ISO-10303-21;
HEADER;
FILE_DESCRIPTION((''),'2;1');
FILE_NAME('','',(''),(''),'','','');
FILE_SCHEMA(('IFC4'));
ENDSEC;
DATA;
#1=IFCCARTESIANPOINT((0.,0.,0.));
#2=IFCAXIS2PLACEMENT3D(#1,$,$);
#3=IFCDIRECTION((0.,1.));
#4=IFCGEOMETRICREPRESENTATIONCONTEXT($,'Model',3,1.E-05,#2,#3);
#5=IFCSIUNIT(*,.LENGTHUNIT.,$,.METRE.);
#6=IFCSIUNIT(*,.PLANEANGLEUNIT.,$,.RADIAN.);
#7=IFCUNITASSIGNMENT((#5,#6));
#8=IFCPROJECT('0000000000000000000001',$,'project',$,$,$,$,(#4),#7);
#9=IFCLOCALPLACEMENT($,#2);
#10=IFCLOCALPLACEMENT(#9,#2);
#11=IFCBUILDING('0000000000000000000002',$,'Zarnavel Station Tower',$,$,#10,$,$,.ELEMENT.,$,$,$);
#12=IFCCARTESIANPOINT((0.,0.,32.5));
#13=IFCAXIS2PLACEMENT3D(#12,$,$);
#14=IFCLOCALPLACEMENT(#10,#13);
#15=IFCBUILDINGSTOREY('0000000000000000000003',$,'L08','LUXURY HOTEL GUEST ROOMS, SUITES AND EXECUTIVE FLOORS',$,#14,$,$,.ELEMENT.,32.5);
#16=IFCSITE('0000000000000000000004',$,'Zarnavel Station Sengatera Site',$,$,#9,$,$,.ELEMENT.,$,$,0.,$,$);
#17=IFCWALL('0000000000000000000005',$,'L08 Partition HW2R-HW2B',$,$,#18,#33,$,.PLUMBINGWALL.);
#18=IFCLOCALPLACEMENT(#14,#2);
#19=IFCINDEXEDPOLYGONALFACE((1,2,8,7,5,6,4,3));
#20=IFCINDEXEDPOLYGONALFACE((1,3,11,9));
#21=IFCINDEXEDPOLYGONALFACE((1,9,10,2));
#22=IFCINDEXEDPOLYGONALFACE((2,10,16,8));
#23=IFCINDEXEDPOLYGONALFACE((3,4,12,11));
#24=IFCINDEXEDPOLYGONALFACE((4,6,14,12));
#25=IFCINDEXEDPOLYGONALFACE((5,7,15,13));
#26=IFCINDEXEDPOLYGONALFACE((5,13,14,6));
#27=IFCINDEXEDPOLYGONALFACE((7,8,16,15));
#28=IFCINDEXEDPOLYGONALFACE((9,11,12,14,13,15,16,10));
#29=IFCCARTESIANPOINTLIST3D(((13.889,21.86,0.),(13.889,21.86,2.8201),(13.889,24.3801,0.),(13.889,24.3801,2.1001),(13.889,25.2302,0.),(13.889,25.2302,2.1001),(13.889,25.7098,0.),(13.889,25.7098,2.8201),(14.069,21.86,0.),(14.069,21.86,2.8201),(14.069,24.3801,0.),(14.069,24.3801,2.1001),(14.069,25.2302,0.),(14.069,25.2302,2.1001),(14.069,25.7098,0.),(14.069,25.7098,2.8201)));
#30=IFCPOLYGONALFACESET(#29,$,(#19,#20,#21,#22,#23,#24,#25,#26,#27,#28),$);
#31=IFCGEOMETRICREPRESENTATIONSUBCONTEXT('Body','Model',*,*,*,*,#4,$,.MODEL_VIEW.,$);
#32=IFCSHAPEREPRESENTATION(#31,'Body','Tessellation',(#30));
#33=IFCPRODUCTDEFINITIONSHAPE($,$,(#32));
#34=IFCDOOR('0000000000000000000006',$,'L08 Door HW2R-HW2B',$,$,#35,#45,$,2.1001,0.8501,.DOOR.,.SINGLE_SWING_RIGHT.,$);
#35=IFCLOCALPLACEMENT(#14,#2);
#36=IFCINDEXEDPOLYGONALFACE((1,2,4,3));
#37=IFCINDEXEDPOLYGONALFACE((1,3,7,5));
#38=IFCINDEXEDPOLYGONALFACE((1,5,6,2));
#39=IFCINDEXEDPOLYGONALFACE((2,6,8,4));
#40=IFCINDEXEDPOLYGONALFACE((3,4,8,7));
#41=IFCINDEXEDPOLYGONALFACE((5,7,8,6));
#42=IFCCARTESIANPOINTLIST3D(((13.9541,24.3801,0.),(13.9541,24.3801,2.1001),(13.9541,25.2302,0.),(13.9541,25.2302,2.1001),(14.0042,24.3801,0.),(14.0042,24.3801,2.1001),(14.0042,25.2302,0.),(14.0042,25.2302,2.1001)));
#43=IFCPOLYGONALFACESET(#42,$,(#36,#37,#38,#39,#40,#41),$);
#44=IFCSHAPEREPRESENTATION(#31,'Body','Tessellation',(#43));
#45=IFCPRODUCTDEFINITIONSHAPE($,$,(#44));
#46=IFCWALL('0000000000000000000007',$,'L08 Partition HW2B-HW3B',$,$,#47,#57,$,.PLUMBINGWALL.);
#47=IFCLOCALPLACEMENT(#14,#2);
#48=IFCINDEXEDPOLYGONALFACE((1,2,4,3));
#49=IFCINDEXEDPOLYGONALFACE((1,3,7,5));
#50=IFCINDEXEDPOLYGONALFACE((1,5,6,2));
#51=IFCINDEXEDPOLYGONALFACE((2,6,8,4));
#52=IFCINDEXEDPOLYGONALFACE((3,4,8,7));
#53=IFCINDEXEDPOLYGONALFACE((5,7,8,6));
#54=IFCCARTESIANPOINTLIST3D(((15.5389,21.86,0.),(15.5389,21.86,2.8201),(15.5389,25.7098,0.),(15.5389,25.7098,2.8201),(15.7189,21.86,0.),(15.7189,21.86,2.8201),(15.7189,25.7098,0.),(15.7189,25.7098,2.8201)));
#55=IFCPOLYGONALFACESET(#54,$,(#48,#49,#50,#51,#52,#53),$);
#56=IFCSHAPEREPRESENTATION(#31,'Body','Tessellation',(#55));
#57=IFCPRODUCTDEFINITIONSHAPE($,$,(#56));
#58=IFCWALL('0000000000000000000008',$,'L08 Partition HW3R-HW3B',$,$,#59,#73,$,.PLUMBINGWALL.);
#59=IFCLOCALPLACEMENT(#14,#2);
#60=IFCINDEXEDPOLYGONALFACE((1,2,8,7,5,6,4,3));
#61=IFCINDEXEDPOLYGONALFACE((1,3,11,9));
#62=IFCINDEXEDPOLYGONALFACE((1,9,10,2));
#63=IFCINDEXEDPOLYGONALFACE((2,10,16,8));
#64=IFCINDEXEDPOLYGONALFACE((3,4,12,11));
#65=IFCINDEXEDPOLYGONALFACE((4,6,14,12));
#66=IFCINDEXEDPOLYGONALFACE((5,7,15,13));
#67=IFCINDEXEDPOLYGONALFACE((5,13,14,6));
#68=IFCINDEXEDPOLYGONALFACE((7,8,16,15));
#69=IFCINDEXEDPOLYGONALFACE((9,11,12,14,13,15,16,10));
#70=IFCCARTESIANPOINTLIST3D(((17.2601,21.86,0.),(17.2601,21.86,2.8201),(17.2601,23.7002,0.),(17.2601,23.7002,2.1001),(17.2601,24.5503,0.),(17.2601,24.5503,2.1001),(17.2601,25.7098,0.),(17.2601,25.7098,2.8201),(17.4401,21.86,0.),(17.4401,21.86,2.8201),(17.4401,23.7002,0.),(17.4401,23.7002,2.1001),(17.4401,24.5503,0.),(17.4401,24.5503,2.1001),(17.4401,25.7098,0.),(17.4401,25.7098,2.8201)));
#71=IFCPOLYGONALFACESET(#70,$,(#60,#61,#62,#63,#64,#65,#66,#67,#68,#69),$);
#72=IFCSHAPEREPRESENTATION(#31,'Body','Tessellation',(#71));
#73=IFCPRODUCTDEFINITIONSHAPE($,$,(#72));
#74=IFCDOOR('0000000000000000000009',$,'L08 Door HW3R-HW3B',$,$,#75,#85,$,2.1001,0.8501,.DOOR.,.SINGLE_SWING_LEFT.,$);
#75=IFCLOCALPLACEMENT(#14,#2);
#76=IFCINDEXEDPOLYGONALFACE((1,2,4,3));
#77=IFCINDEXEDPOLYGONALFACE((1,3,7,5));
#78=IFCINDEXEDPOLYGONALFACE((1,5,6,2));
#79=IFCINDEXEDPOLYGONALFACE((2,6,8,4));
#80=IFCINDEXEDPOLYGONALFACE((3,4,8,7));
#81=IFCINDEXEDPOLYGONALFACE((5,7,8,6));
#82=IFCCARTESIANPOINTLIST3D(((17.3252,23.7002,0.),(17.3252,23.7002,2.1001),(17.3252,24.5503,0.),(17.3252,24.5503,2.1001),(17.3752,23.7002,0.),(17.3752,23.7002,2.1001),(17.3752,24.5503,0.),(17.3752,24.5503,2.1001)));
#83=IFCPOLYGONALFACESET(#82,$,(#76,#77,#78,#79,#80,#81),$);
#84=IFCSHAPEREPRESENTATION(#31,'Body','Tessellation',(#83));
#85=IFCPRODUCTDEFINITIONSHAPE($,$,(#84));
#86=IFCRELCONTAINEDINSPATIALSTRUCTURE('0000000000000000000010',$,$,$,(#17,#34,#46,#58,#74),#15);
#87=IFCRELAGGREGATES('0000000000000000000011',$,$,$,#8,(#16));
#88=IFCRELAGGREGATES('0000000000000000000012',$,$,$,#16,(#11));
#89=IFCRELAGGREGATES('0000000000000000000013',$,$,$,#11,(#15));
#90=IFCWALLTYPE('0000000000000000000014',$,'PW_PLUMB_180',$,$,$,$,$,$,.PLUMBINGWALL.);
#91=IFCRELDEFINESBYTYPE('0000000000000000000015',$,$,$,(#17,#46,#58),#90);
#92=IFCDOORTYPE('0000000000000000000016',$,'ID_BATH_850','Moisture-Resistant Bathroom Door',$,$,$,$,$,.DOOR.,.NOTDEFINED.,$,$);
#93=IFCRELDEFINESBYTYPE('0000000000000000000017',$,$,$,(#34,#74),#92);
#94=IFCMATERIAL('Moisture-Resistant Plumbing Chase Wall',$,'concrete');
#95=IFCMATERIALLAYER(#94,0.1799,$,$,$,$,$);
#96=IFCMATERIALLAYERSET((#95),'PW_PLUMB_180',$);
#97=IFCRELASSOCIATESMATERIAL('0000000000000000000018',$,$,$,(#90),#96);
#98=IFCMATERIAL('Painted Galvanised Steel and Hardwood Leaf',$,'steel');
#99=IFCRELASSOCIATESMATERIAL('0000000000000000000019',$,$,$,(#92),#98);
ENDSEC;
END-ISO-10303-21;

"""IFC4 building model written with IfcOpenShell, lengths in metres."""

from ifc_helpers import new_model, si_unit, direction, frame, frame_2d, origin, place, context, subcontext, project, spatial, rectangle, extrude, material, layer, layer_set, type_object, element, fill, save


model = new_model("IFC4")

# Units and contexts
model_context = context("Model", 3, precision=1e-05, world=origin(), true_north=direction((0.0, 1.0)))
body_context = subcontext(model_context, "Body", "Model", "MODEL_VIEW")
ifc_project = project(units=[si_unit("LENGTHUNIT", "METRE"), si_unit("PLANEANGLEUNIT", "RADIAN")], contexts=[model_context])

# Site, building, storey
site_placement = place(None, origin())
site = spatial("IfcSite", under=ifc_project, at=site_placement, Name="Zarnavel Station Sengatera Site", CompositionType="ELEMENT", RefElevation=0.0)
building_placement = place(site_placement, origin())
building = spatial("IfcBuilding", under=site, at=building_placement, Name="Zarnavel Station Tower", CompositionType="ELEMENT")
storey_placement = place(building_placement, frame((0.0, 0.0, 32.5)))
storey = spatial("IfcBuildingStorey", under=building, at=storey_placement, Name="L08", Description="LUXURY HOTEL GUEST ROOMS, SUITES AND EXECUTIVE FLOORS", CompositionType="ELEMENT", Elevation=32.5)

# Wall, opening, door
ifc_material_1 = material(Name="Moisture-Resistant Plumbing Chase Wall", Category="concrete")
ifc_layer_1 = layer(ifc_material_1, 0.1799)
ifc_layer_set_1 = layer_set([ifc_layer_1], Name="PW_PLUMB_180")
wall_type_1 = type_object("IfcWallType", Name="PW_PLUMB_180", PredefinedType="PLUMBINGWALL", material=ifc_layer_set_1)
wall_1_placement = place(storey_placement, frame((13.979, 21.8601, 0.0), z_axis=(0.0, 0.0, 1.0), x_axis=(0.0, 1.0, 0.0)))
wall_1 = element("IfcWall", 1, at=wall_1_placement, inside=storey, type_object=wall_type_1, Name="L08 Partition HW2R-HW2B", PredefinedType="PLUMBINGWALL", context=body_context, shape_type="SweptSolid", body=[
    extrude(rectangle(XDim=3.8499, YDim=0.1799, at=frame_2d((1.9248, 0.0))), origin(), (0.0, 0.0, 1.0), 2.8201),
])
opening_1_placement = place(wall_1_placement, frame((2.52, 0.0, 0.0)))
opening_1 = element("IfcOpeningElement", 2, at=opening_1_placement, cuts=wall_1, PredefinedType="OPENING", context=body_context, shape_type="SweptSolid", body=[
    extrude(rectangle(XDim=0.8501, YDim=2.1001, at=frame_2d((0.425, 1.05))), frame((0.0, 0.0999, 0.0), z_axis=(0.0, -1.0, 0.0), x_axis=(1.0, 0.0, 0.0)), (0.0, 0.0, 1.0), 0.2),
])
ifc_material_2 = material(Name="Painted Galvanised Steel and Hardwood Leaf", Category="steel")
door_type = type_object("IfcDoorType", Name="ID_BATH_850", Description="Moisture-Resistant Bathroom Door", OperationType="NOTDEFINED", PredefinedType="DOOR", material=ifc_material_2)
door_1_placement = place(opening_1_placement, origin())
door_1 = element("IfcDoor", 3, at=door_1_placement, inside=storey, type_object=door_type, Name="L08 Door HW2R-HW2B", OperationType="SINGLE_SWING_RIGHT", OverallHeight=2.1001, OverallWidth=0.8501, PredefinedType="DOOR", context=body_context, shape_type="SweptSolid", body=[
    extrude(rectangle(XDim=0.8501, YDim=2.1001, at=frame_2d((0.425, 1.05))), frame((0.0, 0.0249, 0.0), z_axis=(0.0, -1.0, 0.0), x_axis=(1.0, 0.0, 0.0)), (0.0, 0.0, 1.0), 0.05),
])
fill(opening_1, door_1)

# Wall
wall_2_placement = place(storey_placement, frame((15.6289, 21.8601, 0.0), z_axis=(0.0, 0.0, 1.0), x_axis=(0.0, 1.0, 0.0)))
element("IfcWall", 4, at=wall_2_placement, inside=storey, type_object=wall_type_1, Name="L08 Partition HW2B-HW3B", PredefinedType="PLUMBINGWALL", context=body_context, shape_type="SweptSolid", body=[
    extrude(rectangle(XDim=3.8499, YDim=0.1799, at=frame_2d((1.9248, 0.0))), origin(), (0.0, 0.0, 1.0), 2.8201),
])

# Wall, opening, door
wall_3_placement = place(storey_placement, frame((17.3501, 21.8601, 0.0), z_axis=(0.0, 0.0, 1.0), x_axis=(0.0, 1.0, 0.0)))
wall_3 = element("IfcWall", 5, at=wall_3_placement, inside=storey, type_object=wall_type_1, Name="L08 Partition HW3R-HW3B", PredefinedType="PLUMBINGWALL", context=body_context, shape_type="SweptSolid", body=[
    extrude(rectangle(XDim=3.8499, YDim=0.1799, at=frame_2d((1.9248, 0.0))), origin(), (0.0, 0.0, 1.0), 2.8201),
])
opening_2_placement = place(wall_3_placement, frame((1.8401, 0.0, 0.0)))
opening_2 = element("IfcOpeningElement", 6, at=opening_2_placement, cuts=wall_3, PredefinedType="OPENING", context=body_context, shape_type="SweptSolid", body=[
    extrude(rectangle(XDim=0.8501, YDim=2.1001, at=frame_2d((0.425, 1.05))), frame((0.0, 0.0999, 0.0), z_axis=(0.0, -1.0, 0.0), x_axis=(1.0, 0.0, 0.0)), (0.0, 0.0, 1.0), 0.2),
])
door_2_placement = place(opening_2_placement, origin())
door_2 = element("IfcDoor", 7, at=door_2_placement, inside=storey, type_object=door_type, Name="L08 Door HW3R-HW3B", OperationType="SINGLE_SWING_LEFT", OverallHeight=2.1001, OverallWidth=0.8501, PredefinedType="DOOR", context=body_context, shape_type="SweptSolid", body=[
    extrude(rectangle(XDim=0.8501, YDim=2.1001, at=frame_2d((0.425, 1.05))), frame((0.0, 0.0249, 0.0), z_axis=(0.0, -1.0, 0.0), x_axis=(1.0, 0.0, 0.0)), (0.0, 0.0, 1.0), 0.05),
])
fill(opening_2, door_2)

save(model, "model.ifc")
